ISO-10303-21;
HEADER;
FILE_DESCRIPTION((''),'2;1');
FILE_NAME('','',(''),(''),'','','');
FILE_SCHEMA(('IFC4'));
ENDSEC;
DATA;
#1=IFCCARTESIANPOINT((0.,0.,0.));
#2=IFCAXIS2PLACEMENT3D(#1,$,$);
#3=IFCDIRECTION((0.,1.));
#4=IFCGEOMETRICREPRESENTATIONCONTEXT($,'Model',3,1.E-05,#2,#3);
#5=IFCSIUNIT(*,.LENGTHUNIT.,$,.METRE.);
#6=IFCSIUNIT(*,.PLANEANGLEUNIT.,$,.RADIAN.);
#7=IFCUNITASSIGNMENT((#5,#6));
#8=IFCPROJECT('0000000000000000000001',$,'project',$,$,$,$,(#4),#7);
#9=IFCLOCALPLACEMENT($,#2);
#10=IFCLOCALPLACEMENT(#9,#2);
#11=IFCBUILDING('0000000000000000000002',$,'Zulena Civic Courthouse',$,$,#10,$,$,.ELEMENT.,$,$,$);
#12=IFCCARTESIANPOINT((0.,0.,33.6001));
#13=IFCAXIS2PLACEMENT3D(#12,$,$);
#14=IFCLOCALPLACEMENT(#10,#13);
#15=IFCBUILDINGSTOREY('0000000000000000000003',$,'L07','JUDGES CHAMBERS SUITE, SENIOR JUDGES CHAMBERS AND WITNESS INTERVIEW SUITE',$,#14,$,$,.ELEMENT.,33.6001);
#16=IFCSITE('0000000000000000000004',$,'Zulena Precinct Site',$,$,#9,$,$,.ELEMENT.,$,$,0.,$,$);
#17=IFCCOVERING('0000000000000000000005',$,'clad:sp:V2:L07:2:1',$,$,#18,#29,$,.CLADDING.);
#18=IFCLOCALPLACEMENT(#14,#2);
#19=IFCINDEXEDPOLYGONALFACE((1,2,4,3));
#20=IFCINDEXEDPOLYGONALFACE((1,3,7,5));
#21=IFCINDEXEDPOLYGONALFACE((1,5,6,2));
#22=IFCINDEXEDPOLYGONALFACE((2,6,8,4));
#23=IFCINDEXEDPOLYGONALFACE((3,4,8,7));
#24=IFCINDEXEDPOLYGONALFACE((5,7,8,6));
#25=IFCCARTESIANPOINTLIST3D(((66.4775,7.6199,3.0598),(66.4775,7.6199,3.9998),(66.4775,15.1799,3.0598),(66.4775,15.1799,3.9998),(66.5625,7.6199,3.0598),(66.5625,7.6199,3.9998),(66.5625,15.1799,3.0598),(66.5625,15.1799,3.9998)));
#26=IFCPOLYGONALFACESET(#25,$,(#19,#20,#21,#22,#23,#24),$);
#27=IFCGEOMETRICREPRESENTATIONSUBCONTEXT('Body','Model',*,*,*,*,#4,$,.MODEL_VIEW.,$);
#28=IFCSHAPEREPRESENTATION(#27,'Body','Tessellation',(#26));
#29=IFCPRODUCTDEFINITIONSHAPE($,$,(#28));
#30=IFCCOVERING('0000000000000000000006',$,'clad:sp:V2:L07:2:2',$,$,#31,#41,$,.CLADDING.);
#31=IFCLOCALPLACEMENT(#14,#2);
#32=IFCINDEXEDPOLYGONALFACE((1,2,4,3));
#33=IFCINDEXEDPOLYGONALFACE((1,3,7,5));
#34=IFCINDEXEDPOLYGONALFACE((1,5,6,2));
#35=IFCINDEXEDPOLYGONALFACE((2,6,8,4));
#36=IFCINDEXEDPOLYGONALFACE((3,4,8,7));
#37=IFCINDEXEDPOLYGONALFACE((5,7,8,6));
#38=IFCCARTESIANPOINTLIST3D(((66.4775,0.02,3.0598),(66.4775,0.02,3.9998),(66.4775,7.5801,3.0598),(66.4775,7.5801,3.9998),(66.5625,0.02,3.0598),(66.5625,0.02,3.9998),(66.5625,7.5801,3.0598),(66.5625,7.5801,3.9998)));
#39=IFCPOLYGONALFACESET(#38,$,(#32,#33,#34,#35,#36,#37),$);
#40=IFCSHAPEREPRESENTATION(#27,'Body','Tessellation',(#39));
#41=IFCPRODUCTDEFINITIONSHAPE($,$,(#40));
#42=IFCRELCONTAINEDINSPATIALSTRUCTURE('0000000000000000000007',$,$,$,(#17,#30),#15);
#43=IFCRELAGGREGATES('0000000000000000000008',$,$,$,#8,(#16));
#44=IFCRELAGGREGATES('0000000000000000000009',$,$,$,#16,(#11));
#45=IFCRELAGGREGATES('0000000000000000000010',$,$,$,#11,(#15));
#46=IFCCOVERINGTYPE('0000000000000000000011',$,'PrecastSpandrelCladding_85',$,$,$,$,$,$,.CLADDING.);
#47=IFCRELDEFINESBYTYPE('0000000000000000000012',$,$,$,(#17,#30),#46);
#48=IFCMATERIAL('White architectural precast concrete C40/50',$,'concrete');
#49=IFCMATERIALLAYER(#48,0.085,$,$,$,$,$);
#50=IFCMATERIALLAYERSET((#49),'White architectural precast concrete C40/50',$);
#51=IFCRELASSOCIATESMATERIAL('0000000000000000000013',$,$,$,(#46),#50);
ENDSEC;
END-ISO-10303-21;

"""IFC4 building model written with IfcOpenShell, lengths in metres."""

from ifc_helpers import new_model, si_unit, direction, frame, origin, origin_2d, place, context, subcontext, project, spatial, rectangle, extrude, material, layer, layer_set, type_object, element, save


model = new_model("IFC4")

# Units and contexts
model_context = context("Model", 3, precision=1e-05, world=origin(), true_north=direction((0.0, 1.0)))
body_context = subcontext(model_context, "Body", "Model", "MODEL_VIEW")
ifc_project = project(units=[si_unit("LENGTHUNIT", "METRE"), si_unit("PLANEANGLEUNIT", "RADIAN")], contexts=[model_context])

# Site, building, storey
site_placement = place(None, origin())
site = spatial("IfcSite", under=ifc_project, at=site_placement, Name="Zulena Precinct Site", CompositionType="ELEMENT", RefElevation=0.0)
building_placement = place(site_placement, origin())
building = spatial("IfcBuilding", under=site, at=building_placement, Name="Zulena Civic Courthouse", CompositionType="ELEMENT")
storey_placement = place(building_placement, frame((0.0, 0.0, 33.6001)))
storey = spatial("IfcBuildingStorey", under=building, at=storey_placement, Name="L07", Description="JUDGES CHAMBERS SUITE, SENIOR JUDGES CHAMBERS AND WITNESS INTERVIEW SUITE", CompositionType="ELEMENT", Elevation=33.6001)

# Shared definitions
ifc_material_1 = material(Name="White architectural precast concrete C40/50", Category="concrete")

# Coverings
ifc_layer_1 = layer(ifc_material_1, 0.085)
ifc_layer_set_1 = layer_set([ifc_layer_1], Name="White architectural precast concrete C40/50")
covering_type = type_object("IfcCoveringType", Name="PrecastSpandrelCladding_85", PredefinedType="CLADDING", material=ifc_layer_set_1)
for number, where, z_axis, x_axis, name in (
    (1, (66.52, 11.3999, 3.0598), (0.0, 0.0, 1.0), (0.0, -1.0, 0.0), "clad:sp:V2:L07:2:1"),
    (2, (66.52, 3.8, 3.0598), (0.0, 0.0, 1.0), (0.0, -1.0, 0.0), "clad:sp:V2:L07:2:2"),
):
    element("IfcCovering", number, at=place(storey_placement, frame(where, z_axis=z_axis, x_axis=x_axis)), inside=storey, type_object=covering_type, Name=name, PredefinedType="CLADDING", context=body_context, shape_type="SweptSolid", body=[
        extrude(rectangle(XDim=7.5601, YDim=0.085, at=origin_2d()), origin(), (0.0, 0.0, 1.0), 0.9399),
    ])

save(model, "model.ifc")
